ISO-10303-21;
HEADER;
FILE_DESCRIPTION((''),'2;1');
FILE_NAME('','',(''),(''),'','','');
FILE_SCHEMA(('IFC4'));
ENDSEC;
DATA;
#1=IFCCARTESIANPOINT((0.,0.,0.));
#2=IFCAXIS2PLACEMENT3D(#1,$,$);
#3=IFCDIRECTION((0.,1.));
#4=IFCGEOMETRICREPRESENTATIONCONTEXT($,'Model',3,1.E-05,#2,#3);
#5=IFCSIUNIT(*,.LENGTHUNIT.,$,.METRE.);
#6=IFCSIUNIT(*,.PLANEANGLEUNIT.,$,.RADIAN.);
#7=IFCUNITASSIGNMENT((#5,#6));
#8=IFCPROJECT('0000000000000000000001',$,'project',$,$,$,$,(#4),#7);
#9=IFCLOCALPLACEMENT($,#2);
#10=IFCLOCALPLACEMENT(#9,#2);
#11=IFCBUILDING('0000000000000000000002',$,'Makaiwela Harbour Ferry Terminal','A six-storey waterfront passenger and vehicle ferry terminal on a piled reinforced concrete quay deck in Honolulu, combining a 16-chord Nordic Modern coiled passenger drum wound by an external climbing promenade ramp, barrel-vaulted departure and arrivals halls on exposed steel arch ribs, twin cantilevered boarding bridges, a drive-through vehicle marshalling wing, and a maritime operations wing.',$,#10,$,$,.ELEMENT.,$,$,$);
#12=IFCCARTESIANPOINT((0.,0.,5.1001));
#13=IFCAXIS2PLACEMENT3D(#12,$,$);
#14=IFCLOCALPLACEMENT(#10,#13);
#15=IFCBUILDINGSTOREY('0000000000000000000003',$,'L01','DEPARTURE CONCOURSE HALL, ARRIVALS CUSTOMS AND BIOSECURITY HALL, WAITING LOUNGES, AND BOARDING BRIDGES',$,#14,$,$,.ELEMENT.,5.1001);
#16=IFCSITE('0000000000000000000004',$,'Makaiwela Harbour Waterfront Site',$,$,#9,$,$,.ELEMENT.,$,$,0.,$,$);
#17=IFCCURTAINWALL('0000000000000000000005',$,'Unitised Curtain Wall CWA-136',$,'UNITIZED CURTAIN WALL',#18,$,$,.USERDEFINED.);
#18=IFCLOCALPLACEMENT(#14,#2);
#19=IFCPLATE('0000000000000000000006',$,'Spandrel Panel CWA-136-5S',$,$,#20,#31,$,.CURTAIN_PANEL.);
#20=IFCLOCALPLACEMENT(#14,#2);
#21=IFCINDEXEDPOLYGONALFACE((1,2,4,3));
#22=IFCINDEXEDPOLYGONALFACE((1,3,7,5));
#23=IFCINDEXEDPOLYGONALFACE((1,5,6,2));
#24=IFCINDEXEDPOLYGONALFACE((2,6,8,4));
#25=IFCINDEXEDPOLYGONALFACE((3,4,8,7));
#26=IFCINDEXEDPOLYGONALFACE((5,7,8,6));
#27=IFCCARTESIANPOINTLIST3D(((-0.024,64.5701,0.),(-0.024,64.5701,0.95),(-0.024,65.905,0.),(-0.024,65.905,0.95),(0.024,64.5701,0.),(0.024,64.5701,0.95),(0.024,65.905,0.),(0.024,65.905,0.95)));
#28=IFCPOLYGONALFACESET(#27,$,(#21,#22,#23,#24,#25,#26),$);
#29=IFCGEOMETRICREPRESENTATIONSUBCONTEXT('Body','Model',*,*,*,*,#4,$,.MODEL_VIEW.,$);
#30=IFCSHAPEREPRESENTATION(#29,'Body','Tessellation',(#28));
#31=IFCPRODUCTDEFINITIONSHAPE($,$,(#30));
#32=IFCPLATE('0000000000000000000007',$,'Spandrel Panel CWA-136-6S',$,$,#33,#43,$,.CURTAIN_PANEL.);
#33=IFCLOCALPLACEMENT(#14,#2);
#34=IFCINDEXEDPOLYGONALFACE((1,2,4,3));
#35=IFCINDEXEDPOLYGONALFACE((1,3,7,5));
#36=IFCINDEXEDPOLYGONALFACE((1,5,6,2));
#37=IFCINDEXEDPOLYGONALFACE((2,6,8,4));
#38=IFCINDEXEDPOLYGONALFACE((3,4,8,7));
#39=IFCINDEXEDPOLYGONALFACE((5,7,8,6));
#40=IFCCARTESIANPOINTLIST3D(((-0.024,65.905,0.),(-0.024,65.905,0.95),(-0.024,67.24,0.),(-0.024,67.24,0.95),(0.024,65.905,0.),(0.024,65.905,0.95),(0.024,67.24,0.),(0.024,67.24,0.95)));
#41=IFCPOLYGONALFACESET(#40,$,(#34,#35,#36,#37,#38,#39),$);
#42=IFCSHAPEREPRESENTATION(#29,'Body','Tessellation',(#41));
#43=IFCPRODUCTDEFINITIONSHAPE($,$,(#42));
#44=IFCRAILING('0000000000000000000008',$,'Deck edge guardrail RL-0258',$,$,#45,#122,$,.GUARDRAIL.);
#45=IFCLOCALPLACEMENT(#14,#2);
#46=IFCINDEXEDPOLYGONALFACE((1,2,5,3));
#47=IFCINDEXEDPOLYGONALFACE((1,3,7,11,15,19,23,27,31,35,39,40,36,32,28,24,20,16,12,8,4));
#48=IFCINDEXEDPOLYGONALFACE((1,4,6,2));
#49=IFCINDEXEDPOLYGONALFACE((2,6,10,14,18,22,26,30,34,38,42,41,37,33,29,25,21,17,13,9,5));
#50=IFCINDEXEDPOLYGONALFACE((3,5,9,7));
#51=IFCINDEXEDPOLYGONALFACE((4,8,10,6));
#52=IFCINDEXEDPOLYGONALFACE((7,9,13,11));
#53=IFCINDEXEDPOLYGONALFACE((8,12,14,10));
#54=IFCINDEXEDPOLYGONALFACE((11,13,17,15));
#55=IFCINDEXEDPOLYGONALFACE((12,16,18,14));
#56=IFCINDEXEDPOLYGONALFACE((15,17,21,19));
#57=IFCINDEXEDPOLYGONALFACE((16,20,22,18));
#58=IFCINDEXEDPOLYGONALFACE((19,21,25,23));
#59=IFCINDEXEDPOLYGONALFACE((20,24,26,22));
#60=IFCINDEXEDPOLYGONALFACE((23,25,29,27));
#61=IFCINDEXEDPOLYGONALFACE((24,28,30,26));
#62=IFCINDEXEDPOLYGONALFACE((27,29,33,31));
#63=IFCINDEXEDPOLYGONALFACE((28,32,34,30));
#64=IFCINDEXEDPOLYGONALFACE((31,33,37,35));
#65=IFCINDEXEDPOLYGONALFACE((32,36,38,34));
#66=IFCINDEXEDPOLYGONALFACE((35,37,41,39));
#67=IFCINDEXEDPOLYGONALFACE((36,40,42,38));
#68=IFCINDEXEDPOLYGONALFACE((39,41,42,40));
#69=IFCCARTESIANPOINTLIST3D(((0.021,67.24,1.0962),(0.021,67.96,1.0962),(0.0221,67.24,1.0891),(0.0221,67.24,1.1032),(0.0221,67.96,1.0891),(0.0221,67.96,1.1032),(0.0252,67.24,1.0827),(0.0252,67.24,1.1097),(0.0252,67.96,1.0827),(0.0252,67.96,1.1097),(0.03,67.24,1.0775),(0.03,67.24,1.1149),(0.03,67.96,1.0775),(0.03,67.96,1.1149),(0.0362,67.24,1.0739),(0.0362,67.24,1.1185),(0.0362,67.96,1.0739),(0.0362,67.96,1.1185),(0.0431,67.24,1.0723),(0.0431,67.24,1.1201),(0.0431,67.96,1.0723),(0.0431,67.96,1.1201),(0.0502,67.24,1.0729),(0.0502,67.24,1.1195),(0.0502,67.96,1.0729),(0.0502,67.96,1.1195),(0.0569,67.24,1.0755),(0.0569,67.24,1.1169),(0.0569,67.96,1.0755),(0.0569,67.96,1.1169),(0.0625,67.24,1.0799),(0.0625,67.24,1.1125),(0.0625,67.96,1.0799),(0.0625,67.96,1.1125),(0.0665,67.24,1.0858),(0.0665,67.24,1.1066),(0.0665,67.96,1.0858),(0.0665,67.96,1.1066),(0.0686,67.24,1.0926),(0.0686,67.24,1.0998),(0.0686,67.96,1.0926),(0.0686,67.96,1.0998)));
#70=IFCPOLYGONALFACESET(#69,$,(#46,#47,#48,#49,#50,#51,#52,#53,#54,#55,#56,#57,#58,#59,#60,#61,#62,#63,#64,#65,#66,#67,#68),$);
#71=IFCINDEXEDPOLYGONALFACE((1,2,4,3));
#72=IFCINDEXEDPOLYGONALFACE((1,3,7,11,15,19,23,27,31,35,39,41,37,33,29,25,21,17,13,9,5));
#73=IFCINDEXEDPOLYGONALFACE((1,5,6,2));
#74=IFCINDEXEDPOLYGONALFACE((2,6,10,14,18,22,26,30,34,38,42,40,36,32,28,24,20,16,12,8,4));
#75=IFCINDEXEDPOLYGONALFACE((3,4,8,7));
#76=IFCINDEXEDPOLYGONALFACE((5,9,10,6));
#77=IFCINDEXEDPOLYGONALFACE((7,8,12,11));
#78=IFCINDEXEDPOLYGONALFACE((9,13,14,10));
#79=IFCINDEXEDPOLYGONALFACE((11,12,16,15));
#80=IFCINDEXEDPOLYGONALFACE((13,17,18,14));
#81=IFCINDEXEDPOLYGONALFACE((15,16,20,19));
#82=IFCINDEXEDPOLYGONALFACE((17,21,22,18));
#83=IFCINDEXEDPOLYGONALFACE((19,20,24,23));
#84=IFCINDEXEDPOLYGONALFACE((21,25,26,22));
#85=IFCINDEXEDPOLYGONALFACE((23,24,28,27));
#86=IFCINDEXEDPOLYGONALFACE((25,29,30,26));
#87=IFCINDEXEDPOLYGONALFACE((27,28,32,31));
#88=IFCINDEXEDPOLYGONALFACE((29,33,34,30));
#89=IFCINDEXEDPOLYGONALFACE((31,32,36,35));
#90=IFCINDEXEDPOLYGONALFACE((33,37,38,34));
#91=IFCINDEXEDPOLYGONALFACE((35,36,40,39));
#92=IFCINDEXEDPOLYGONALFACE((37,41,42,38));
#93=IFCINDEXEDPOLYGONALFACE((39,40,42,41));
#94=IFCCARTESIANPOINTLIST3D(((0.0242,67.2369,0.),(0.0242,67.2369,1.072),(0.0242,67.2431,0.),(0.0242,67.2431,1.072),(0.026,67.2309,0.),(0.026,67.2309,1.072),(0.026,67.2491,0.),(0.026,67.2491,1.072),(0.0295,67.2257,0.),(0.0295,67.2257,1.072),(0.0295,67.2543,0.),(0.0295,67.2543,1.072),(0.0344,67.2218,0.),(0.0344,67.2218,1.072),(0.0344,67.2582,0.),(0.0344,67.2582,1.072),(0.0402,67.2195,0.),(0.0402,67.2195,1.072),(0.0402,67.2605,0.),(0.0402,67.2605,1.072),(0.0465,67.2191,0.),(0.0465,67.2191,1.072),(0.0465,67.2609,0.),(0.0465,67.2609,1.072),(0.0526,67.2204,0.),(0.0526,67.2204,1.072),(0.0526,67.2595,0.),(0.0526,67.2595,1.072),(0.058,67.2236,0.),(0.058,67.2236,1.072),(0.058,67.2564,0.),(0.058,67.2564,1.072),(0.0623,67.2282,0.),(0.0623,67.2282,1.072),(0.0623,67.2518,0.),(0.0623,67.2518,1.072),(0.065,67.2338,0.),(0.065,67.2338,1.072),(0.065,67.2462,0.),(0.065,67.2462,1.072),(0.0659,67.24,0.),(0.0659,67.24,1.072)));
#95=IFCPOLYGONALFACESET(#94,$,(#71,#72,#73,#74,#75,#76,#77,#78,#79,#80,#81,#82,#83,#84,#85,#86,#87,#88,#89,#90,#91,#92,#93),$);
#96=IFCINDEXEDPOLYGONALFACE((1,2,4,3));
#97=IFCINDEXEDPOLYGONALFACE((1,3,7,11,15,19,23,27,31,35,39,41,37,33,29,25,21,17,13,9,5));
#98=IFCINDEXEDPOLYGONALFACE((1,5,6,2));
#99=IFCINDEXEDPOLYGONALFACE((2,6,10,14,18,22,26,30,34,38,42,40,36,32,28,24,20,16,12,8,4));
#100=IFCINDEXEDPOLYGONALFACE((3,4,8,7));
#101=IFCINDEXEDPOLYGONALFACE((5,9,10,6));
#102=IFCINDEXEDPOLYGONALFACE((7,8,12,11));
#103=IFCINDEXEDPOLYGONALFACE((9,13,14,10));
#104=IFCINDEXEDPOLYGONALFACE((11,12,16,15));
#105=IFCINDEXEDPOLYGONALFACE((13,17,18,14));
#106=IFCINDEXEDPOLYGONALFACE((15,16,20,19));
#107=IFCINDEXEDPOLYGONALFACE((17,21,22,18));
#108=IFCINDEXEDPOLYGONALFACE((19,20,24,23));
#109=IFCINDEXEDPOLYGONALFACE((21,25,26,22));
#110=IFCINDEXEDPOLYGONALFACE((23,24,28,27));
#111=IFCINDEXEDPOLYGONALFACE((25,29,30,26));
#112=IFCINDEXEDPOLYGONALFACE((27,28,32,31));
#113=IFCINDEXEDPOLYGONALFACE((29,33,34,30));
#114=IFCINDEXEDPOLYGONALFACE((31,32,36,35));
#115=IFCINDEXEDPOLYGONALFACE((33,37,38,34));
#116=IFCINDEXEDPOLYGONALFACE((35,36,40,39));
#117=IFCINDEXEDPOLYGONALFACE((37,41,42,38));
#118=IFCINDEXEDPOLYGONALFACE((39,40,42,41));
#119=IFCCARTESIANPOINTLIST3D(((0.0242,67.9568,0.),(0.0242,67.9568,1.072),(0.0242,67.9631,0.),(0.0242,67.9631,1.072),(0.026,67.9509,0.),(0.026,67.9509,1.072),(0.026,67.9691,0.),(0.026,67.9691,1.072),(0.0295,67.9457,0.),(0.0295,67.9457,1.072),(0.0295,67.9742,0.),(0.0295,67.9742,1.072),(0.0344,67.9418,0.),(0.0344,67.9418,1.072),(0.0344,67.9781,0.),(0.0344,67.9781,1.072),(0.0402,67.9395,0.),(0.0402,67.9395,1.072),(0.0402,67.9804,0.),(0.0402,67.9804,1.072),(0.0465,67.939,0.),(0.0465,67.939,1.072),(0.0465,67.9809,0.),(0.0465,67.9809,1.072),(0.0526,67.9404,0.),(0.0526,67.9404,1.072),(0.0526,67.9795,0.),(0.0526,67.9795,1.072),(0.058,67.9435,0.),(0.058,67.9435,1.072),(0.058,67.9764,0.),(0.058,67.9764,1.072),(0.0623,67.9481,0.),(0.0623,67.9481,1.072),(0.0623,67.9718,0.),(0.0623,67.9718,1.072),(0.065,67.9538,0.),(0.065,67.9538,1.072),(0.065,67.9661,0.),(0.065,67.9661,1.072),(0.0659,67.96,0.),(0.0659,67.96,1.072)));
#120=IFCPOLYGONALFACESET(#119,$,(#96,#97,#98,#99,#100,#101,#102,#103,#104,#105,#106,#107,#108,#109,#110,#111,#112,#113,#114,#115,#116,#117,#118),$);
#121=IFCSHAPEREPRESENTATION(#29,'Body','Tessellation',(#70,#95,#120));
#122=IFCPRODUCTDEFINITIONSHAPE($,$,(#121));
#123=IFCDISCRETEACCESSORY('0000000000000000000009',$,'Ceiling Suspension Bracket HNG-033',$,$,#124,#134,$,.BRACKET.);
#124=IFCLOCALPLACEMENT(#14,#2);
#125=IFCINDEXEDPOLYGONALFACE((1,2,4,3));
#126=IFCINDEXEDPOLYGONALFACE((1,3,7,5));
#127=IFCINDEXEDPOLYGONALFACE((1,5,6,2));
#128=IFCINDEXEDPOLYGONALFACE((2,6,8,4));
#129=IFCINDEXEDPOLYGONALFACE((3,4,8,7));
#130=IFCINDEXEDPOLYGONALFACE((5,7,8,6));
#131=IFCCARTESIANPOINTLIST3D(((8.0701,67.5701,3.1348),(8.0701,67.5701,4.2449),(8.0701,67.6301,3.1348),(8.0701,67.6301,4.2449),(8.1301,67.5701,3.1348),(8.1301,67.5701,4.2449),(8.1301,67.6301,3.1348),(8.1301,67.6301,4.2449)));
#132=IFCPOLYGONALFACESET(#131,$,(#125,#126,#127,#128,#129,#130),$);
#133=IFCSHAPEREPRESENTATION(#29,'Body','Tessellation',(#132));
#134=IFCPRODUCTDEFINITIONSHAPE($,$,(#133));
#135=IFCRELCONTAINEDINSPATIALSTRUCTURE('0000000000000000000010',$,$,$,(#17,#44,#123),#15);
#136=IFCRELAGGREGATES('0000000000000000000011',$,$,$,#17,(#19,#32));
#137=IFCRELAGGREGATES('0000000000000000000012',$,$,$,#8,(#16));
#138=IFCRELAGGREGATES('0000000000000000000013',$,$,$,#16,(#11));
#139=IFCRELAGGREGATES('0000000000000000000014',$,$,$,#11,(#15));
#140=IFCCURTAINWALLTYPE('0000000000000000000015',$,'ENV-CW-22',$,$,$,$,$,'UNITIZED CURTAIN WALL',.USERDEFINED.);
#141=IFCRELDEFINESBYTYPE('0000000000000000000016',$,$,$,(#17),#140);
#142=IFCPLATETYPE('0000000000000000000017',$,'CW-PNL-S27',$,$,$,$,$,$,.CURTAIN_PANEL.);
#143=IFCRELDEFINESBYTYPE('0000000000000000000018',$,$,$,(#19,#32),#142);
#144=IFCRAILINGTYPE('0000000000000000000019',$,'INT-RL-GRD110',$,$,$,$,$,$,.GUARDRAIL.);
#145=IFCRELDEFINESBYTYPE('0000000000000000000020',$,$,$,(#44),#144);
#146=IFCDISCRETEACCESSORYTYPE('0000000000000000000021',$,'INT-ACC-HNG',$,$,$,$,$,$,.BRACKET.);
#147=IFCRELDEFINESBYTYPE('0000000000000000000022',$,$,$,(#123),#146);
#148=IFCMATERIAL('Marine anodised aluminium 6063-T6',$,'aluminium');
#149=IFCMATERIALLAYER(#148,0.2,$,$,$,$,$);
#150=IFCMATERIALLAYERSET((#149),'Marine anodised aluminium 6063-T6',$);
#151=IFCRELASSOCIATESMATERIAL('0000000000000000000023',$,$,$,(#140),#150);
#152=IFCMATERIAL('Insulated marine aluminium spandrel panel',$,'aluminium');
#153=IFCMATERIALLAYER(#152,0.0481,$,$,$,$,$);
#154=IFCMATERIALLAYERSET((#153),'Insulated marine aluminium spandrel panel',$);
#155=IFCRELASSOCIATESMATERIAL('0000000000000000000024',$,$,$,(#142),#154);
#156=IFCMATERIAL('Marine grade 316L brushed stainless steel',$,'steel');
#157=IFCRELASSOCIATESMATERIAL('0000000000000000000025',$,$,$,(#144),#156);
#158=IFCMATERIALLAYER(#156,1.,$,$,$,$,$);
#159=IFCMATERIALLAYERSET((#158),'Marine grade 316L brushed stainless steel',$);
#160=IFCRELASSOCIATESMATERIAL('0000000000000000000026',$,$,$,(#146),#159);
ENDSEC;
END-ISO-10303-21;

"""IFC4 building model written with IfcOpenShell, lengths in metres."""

from ifc_helpers import new_model, si_unit, direction, frame, origin, origin_2d, place, context, subcontext, project, spatial, rectangle, circle, extrude, material, layer, layer_set, type_object, element, aggregate, save


model = new_model("IFC4")

# Units and contexts
model_context = context("Model", 3, precision=1e-05, world=origin(), true_north=direction((0.0, 1.0)))
body_context = subcontext(model_context, "Body", "Model", "MODEL_VIEW")
ifc_project = project(units=[si_unit("LENGTHUNIT", "METRE"), si_unit("PLANEANGLEUNIT", "RADIAN")], contexts=[model_context])

# Site, building, storey
site_placement = place(None, origin())
site = spatial("IfcSite", under=ifc_project, at=site_placement, Name="Makaiwela Harbour Waterfront Site", CompositionType="ELEMENT", RefElevation=0.0)
building_placement = place(site_placement, origin())
building = spatial("IfcBuilding", under=site, at=building_placement, Name="Makaiwela Harbour Ferry Terminal", Description="A six-storey waterfront passenger and vehicle ferry terminal on a piled reinforced concrete quay deck in Honolulu, combining a 16-chord Nordic Modern coiled passenger drum wound by an external climbing promenade ramp, barrel-vaulted departure and arrivals halls on exposed steel arch ribs, twin cantilevered boarding bridges, a drive-through vehicle marshalling wing, and a maritime operations wing.", CompositionType="ELEMENT")
storey_placement = place(building_placement, frame((0.0, 0.0, 5.1001)))
storey = spatial("IfcBuildingStorey", under=building, at=storey_placement, Name="L01", Description="DEPARTURE CONCOURSE HALL, ARRIVALS CUSTOMS AND BIOSECURITY HALL, WAITING LOUNGES, AND BOARDING BRIDGES", CompositionType="ELEMENT", Elevation=5.1001)

# Curtain wall
ifc_material_1 = material(Name="Marine anodised aluminium 6063-T6", Category="aluminium")
ifc_layer_1 = layer(ifc_material_1, 0.2)
ifc_layer_set_1 = layer_set([ifc_layer_1], Name="Marine anodised aluminium 6063-T6")
curtain_wall_type = type_object("IfcCurtainWallType", Name="ENV-CW-22", ElementType="UNITIZED CURTAIN WALL", PredefinedType="USERDEFINED", material=ifc_layer_set_1)
curtain_wall_1_placement = place(storey_placement, origin())
curtain_wall_1 = element("IfcCurtainWall", 1, at=curtain_wall_1_placement, inside=storey, type_object=curtain_wall_type, Name="Unitised Curtain Wall CWA-136", ObjectType="UNITIZED CURTAIN WALL", PredefinedType="USERDEFINED")

# Plates
ifc_material_2 = material(Name="Insulated marine aluminium spandrel panel", Category="aluminium")
ifc_layer_2 = layer(ifc_material_2, 0.0481)
ifc_layer_set_2 = layer_set([ifc_layer_2], Name="Insulated marine aluminium spandrel panel")
plate_type_1 = type_object("IfcPlateType", Name="CW-PNL-S27", PredefinedType="CURTAIN_PANEL", material=ifc_layer_set_2)
plate_1_placement = place(storey_placement, frame((0.0, 65.2375, 0.0), z_axis=(0.0, 0.0, 1.0), x_axis=(0.0, 1.0, 0.0)))
plate_1 = element("IfcPlate", 2, at=plate_1_placement, type_object=plate_type_1, Name="Spandrel Panel CWA-136-5S", PredefinedType="CURTAIN_PANEL", context=body_context, shape_type="SweptSolid", body=[
    extrude(rectangle(XDim=1.335, YDim=0.0481, at=origin_2d()), origin(), (0.0, 0.0, 1.0), 0.95),
])
plate_2_placement = place(storey_placement, frame((0.0, 66.5725, 0.0), z_axis=(0.0, 0.0, 1.0), x_axis=(0.0, 1.0, 0.0)))
plate_2 = element("IfcPlate", 3, at=plate_2_placement, type_object=plate_type_1, Name="Spandrel Panel CWA-136-6S", PredefinedType="CURTAIN_PANEL", context=body_context, shape_type="SweptSolid", body=[
    extrude(rectangle(XDim=1.335, YDim=0.0481, at=origin_2d()), origin(), (0.0, 0.0, 1.0), 0.95),
])
aggregate(curtain_wall_1, [plate_1, plate_2])

# Railing
ifc_material_3 = material(Name="Marine grade 316L brushed stainless steel", Category="steel")
railing_type = type_object("IfcRailingType", Name="INT-RL-GRD110", PredefinedType="GUARDRAIL", material=ifc_material_3)
railing_placement = place(storey_placement, frame((0.0449, 67.24, 0.0)))
element("IfcRailing", 4, at=railing_placement, inside=storey, type_object=railing_type, Name="Deck edge guardrail RL-0258", PredefinedType="GUARDRAIL", context=body_context, shape_type="SweptSolid", body=[
    extrude(circle(Radius=0.0239, at=origin_2d()), frame((0.0, 0.0, 1.0962), z_axis=(0.0, 1.0, 0.0), x_axis=(-1.0, 0.0, 0.0)), (0.0, 0.0, 1.0), 0.72),
    extrude(circle(Radius=0.021, at=origin_2d()), origin(), (0.0, 0.0, 1.0), 1.072),
    extrude(circle(Radius=0.021, at=origin_2d()), frame((0.0, 0.72, 0.0)), (0.0, 0.0, 1.0), 1.072),
])

# Discrete accessory
ifc_layer_3 = layer(ifc_material_3, 1.0)
ifc_layer_set_3 = layer_set([ifc_layer_3], Name="Marine grade 316L brushed stainless steel")
discrete_accessory_type = type_object("IfcDiscreteAccessoryType", Name="INT-ACC-HNG", PredefinedType="BRACKET", material=ifc_layer_set_3)
discrete_accessory_placement = place(storey_placement, frame((8.1001, 67.6001, 3.1348), z_axis=(0.0, 0.0, 1.0), x_axis=(1.0, 0.0, 0.0)))
element("IfcDiscreteAccessory", 5, at=discrete_accessory_placement, inside=storey, type_object=discrete_accessory_type, Name="Ceiling Suspension Bracket HNG-033", PredefinedType="BRACKET", context=body_context, shape_type="SweptSolid", body=[
    extrude(rectangle(XDim=0.0601, YDim=0.0601, at=origin_2d()), origin(), (0.0, 0.0, 1.0), 1.1101),
])

save(model, "model.ifc")
